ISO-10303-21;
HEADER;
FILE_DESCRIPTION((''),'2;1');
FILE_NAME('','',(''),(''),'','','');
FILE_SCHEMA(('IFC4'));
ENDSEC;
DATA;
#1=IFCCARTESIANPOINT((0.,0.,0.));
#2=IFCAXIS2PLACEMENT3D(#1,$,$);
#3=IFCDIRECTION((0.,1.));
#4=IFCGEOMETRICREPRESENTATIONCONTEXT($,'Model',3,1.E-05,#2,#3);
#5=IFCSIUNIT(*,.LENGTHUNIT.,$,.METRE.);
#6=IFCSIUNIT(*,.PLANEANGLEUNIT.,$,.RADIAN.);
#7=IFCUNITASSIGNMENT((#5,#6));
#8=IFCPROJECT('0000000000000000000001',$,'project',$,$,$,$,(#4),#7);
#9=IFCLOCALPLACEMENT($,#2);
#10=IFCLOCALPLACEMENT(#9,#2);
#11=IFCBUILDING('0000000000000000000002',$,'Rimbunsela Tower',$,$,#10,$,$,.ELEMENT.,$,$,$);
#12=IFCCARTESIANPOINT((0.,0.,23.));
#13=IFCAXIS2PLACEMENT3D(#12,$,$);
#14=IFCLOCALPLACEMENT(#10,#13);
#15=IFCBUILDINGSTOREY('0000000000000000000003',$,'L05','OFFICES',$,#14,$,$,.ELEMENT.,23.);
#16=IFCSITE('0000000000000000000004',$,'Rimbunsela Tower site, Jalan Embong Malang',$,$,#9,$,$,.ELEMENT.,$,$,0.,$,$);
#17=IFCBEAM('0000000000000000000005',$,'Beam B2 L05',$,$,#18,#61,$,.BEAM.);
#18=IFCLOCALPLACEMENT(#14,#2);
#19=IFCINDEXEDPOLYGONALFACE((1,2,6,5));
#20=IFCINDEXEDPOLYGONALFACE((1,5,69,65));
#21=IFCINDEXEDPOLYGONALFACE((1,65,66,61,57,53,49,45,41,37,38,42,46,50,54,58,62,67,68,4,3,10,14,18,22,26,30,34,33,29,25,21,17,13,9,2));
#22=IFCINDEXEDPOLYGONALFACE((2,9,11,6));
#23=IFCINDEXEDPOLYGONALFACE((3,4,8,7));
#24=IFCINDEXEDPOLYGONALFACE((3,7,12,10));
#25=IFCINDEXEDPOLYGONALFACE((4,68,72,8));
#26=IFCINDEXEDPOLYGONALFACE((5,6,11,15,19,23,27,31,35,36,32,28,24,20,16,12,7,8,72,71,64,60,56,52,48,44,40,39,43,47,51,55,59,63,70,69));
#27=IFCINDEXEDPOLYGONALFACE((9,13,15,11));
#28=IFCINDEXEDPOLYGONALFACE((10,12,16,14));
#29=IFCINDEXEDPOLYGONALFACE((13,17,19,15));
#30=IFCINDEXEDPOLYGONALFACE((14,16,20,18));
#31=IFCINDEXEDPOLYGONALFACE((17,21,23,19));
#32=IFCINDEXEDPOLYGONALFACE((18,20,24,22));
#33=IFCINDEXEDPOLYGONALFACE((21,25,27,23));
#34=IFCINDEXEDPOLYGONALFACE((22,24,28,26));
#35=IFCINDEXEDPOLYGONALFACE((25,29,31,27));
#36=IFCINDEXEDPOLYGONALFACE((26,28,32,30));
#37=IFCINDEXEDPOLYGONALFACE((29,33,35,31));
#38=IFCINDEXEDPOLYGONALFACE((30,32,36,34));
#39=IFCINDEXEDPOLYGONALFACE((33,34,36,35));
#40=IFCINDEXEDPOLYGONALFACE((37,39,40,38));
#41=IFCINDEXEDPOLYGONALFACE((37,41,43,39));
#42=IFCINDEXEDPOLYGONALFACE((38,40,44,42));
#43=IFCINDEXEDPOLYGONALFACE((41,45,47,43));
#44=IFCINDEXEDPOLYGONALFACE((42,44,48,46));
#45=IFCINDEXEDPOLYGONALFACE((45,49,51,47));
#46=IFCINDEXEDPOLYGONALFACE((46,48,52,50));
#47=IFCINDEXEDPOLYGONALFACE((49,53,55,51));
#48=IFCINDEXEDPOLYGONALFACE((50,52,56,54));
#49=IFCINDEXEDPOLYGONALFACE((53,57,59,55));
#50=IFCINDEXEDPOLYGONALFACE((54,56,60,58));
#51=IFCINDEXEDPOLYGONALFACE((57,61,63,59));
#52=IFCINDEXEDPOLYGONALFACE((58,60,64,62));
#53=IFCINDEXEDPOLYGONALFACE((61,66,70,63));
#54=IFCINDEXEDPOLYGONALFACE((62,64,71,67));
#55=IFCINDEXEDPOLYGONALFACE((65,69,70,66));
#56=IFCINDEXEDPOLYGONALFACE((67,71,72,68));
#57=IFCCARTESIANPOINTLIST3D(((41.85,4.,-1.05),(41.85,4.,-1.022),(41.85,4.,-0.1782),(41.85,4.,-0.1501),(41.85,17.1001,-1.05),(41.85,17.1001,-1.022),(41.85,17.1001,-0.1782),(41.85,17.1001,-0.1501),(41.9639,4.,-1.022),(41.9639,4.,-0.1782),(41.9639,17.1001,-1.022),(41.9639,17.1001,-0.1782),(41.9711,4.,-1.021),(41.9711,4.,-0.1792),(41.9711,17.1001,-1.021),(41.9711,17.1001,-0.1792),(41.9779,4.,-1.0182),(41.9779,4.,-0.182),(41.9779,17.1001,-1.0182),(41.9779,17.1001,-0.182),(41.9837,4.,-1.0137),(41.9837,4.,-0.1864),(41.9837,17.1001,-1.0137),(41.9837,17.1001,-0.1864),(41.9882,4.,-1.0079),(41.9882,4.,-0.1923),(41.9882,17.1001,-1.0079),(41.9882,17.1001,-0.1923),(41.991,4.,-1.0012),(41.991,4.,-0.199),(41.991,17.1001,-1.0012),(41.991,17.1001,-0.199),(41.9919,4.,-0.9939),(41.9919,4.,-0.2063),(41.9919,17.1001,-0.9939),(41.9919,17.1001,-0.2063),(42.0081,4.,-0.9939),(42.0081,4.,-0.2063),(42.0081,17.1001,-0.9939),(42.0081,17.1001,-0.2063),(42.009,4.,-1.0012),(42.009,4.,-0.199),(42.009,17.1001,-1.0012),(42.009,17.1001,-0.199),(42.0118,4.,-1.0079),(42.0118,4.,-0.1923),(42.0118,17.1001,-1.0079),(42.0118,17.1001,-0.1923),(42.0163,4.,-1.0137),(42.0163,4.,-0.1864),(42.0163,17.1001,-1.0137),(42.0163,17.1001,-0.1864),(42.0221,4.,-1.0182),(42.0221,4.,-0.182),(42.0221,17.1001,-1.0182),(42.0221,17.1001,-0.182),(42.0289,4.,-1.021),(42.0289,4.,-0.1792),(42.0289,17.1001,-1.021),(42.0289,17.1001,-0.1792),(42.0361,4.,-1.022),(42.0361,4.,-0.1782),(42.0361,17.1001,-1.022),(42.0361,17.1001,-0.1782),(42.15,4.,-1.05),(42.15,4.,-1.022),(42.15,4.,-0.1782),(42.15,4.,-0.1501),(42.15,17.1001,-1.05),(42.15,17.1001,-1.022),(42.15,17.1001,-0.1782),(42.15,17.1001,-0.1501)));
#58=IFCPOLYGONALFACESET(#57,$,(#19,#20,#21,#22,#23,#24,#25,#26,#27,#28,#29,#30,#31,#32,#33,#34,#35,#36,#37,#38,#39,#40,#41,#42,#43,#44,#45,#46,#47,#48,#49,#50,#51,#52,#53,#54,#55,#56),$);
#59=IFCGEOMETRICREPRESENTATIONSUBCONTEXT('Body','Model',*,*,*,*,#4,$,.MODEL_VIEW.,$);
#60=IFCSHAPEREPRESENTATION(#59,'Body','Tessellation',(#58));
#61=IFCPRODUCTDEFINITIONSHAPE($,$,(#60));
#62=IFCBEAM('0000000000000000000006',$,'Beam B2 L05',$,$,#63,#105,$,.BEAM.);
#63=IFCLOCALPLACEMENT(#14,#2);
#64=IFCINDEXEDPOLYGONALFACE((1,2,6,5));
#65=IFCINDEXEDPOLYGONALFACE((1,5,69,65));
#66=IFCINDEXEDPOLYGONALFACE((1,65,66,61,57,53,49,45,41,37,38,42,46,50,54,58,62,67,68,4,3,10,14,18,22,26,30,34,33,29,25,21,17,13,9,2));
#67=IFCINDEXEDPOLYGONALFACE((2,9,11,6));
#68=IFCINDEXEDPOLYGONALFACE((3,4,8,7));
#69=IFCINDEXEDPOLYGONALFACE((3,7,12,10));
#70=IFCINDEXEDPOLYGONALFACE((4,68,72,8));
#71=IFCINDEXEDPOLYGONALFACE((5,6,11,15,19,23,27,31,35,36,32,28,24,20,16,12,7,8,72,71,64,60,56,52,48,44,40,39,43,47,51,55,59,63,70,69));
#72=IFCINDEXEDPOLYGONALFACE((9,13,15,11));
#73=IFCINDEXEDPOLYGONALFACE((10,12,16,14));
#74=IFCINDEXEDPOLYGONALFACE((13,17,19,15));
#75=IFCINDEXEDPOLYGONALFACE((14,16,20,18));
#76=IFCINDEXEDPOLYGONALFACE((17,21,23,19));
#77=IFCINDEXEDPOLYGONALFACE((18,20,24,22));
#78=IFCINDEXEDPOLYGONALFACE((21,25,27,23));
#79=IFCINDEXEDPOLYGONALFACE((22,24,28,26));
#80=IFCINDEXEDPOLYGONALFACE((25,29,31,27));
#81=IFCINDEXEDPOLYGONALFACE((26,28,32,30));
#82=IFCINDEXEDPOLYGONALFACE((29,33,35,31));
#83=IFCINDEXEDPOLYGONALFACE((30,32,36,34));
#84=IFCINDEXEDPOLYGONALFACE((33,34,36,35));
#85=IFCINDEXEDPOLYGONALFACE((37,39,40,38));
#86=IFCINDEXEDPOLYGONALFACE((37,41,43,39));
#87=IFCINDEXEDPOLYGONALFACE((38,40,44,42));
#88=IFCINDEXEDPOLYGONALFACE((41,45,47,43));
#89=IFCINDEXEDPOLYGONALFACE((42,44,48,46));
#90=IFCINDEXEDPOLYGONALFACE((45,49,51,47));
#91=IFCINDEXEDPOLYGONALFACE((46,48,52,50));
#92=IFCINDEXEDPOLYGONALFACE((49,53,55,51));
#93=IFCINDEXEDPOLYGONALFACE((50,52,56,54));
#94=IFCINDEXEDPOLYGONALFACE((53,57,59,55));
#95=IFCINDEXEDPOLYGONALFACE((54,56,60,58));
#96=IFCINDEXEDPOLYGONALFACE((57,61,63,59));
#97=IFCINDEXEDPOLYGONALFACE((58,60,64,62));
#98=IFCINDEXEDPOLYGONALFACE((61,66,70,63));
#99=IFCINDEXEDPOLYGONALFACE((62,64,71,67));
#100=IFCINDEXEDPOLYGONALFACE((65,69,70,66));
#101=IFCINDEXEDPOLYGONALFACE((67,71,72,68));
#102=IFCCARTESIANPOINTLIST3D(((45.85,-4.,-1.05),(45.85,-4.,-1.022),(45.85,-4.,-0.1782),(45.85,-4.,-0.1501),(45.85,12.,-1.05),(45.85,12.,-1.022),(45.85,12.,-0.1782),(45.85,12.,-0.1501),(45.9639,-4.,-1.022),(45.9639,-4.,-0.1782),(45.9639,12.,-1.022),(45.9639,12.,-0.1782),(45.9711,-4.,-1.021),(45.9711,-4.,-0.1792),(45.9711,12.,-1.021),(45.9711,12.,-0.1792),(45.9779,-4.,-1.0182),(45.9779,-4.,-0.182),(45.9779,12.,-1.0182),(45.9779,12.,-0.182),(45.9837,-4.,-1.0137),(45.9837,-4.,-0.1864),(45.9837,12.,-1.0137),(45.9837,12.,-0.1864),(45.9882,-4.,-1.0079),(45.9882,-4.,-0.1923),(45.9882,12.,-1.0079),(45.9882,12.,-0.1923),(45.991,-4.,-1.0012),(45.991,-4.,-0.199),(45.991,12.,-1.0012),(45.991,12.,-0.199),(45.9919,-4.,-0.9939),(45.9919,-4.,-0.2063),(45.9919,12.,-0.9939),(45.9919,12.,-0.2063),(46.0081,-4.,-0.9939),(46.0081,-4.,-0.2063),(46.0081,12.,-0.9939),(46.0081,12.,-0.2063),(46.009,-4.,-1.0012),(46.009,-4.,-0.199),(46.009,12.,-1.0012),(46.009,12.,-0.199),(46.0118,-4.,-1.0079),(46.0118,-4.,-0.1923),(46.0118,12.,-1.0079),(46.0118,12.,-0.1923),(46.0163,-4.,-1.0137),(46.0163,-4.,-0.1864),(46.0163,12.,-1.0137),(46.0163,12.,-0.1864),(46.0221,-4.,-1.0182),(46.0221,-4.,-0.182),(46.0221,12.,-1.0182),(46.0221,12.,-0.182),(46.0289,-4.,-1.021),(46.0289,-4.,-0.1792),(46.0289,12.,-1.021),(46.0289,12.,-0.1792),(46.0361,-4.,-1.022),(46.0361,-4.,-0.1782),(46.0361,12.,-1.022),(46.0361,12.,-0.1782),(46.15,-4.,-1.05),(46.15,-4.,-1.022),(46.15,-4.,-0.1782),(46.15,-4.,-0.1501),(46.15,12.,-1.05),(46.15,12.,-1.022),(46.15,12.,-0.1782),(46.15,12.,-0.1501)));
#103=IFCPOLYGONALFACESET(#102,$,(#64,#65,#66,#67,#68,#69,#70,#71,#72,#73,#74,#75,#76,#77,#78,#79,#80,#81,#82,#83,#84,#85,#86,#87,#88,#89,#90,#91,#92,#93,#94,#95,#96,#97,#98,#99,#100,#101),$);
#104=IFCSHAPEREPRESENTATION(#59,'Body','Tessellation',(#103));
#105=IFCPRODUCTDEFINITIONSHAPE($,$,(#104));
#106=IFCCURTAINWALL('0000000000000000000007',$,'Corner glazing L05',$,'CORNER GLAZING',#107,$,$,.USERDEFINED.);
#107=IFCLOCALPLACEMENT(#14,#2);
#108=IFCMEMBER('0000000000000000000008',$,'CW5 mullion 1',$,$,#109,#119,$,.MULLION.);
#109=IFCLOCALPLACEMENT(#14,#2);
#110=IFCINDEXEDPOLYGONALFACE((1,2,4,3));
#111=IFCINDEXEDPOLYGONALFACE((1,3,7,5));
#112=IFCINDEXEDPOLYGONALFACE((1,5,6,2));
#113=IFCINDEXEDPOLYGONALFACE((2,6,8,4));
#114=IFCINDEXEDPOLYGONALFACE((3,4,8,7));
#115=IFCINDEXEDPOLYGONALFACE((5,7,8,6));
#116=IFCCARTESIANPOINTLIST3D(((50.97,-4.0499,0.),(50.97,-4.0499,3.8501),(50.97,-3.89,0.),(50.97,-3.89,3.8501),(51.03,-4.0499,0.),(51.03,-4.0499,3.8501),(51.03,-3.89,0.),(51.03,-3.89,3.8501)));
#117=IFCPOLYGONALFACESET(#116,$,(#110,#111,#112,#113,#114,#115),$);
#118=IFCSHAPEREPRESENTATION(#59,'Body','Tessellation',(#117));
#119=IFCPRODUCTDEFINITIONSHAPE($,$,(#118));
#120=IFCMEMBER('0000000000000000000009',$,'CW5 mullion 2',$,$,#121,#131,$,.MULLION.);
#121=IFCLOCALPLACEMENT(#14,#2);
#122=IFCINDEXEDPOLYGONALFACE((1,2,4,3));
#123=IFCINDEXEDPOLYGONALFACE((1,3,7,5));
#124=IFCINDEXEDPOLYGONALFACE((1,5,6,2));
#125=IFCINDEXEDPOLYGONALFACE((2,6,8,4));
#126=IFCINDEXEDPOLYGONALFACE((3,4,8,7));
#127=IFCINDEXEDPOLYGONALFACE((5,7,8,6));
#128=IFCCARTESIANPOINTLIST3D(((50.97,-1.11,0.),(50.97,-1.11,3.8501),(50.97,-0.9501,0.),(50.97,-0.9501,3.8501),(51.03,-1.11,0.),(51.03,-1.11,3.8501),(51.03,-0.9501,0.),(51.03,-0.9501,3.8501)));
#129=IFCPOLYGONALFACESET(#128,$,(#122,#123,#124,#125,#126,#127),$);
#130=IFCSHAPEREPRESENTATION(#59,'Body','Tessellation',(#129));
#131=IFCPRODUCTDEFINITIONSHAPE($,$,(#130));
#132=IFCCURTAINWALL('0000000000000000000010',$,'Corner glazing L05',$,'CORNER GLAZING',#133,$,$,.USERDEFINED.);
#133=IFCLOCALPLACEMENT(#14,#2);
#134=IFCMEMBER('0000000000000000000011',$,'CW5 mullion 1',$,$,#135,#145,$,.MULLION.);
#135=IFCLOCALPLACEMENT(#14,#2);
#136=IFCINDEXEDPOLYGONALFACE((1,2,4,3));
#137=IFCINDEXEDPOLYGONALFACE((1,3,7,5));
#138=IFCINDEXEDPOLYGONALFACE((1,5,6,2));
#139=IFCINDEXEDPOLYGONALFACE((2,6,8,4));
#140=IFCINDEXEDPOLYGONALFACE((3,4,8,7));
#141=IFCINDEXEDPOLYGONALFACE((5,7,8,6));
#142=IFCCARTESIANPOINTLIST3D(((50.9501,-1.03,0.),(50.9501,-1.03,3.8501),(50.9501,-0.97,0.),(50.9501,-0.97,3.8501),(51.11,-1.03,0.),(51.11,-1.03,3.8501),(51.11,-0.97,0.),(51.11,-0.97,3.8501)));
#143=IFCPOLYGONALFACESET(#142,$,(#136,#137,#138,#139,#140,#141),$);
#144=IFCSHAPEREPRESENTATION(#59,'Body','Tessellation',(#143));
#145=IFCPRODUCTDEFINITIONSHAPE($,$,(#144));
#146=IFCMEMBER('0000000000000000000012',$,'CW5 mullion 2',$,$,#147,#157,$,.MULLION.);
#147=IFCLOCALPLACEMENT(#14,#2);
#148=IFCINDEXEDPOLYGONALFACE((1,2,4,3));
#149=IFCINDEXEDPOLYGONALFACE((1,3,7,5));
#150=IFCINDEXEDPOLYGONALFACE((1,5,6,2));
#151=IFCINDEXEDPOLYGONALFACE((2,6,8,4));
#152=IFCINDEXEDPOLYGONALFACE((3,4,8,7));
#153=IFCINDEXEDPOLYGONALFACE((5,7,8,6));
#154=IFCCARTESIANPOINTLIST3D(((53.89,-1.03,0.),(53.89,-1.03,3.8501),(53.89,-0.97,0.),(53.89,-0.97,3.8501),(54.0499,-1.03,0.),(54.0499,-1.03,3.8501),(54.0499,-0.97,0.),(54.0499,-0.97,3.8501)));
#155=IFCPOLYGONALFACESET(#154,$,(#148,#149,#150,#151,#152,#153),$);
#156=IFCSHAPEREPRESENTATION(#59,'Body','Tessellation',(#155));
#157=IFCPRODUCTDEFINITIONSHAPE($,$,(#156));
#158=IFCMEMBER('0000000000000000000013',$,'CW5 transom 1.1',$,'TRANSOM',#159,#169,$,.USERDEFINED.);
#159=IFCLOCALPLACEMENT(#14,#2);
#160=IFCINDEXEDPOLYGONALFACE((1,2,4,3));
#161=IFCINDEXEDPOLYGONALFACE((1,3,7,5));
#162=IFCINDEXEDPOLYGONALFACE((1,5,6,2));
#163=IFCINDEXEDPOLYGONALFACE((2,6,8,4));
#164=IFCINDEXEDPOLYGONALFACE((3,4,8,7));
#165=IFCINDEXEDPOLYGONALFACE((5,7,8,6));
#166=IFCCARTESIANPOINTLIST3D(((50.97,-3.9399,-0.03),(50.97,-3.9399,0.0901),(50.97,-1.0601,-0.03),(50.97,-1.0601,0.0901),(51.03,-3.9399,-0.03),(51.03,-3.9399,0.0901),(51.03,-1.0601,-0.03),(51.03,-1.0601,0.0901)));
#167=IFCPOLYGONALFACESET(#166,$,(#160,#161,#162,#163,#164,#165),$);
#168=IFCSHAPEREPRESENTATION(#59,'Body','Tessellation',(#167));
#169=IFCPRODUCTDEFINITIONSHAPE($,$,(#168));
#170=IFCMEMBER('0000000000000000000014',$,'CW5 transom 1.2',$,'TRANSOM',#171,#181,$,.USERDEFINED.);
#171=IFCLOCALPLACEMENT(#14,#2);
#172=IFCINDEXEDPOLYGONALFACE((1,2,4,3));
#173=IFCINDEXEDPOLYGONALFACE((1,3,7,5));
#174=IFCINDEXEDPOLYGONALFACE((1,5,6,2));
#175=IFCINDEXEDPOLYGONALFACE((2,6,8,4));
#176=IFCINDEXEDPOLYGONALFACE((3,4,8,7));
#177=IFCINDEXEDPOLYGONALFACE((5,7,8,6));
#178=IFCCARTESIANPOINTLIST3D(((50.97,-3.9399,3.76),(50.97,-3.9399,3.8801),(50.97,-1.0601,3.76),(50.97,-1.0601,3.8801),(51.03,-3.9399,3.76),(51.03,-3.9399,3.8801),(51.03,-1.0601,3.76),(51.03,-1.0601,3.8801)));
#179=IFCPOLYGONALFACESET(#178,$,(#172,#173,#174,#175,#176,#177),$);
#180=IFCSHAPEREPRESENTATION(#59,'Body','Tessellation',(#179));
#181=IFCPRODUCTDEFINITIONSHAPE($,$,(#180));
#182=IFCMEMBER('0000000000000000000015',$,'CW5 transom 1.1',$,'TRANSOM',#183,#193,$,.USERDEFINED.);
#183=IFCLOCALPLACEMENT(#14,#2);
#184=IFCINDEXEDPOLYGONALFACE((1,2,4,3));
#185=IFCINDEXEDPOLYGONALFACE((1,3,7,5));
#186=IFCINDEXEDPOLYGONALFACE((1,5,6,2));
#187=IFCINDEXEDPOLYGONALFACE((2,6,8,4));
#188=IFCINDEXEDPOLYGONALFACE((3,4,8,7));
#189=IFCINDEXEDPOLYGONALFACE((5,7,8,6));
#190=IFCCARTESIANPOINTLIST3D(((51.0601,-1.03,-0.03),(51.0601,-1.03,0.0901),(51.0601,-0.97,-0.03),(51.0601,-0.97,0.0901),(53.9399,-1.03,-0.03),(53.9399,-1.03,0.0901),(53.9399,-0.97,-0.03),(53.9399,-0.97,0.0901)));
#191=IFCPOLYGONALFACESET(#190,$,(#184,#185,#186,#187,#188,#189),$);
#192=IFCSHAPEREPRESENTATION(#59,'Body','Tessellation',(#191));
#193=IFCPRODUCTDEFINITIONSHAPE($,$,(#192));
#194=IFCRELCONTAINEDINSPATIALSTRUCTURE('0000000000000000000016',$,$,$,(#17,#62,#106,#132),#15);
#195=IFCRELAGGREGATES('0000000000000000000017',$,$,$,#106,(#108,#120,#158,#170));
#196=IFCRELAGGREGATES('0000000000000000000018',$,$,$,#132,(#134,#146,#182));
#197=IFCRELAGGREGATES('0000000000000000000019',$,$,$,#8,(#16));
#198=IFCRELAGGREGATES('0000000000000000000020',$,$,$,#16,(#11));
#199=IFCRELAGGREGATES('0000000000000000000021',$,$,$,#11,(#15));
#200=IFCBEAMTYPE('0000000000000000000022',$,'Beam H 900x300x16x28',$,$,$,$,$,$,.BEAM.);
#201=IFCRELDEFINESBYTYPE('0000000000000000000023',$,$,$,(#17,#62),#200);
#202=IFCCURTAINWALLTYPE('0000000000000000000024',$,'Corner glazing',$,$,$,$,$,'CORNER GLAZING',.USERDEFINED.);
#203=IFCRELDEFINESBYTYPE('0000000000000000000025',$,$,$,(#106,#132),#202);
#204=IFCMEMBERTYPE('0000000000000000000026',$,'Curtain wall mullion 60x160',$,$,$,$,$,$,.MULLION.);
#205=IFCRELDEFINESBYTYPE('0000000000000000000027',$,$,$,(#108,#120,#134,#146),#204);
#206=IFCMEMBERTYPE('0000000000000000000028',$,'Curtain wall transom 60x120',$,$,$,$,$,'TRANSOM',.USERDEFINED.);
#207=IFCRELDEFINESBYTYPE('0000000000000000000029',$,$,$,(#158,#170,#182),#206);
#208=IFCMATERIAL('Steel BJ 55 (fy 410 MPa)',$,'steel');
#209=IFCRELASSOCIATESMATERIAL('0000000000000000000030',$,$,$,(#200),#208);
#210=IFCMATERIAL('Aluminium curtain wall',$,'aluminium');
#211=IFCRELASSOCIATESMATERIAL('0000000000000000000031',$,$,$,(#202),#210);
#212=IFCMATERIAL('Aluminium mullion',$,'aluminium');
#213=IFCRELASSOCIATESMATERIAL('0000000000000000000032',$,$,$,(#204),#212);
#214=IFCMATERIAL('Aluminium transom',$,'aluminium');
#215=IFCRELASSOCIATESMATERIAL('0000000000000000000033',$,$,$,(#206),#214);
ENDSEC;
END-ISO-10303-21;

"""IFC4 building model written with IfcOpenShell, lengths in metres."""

from ifc_helpers import new_model, si_unit, direction, frame, origin, origin_2d, place, context, subcontext, project, spatial, rectangle, i_section, extrude, material, material_profile, profile_set, type_object, element, aggregate, save


model = new_model("IFC4")

# Units and contexts
model_context = context("Model", 3, precision=1e-05, world=origin(), true_north=direction((0.0, 1.0)))
body_context = subcontext(model_context, "Body", "Model", "MODEL_VIEW")
ifc_project = project(units=[si_unit("LENGTHUNIT", "METRE"), si_unit("PLANEANGLEUNIT", "RADIAN")], contexts=[model_context])

# Site, building, storey
site_placement = place(None, origin())
site = spatial("IfcSite", under=ifc_project, at=site_placement, Name="Rimbunsela Tower site, Jalan Embong Malang", CompositionType="ELEMENT", RefElevation=0.0)
building_placement = place(site_placement, origin())
building = spatial("IfcBuilding", under=site, at=building_placement, Name="Rimbunsela Tower", CompositionType="ELEMENT")
storey_placement = place(building_placement, frame((0.0, 0.0, 23.0)))
storey = spatial("IfcBuildingStorey", under=building, at=storey_placement, Name="L05", Description="OFFICES", CompositionType="ELEMENT", Elevation=23.0)

# Beams
ifc_material_1 = material(Name="Steel BJ 55 (fy 410 MPa)", Category="steel")
ifc_material_profile_1 = material_profile(ifc_material_1, i_section(OverallWidth=0.3, OverallDepth=0.8999, WebThickness=0.0161, FlangeThickness=0.0281, FilletRadius=0.0281, at=origin_2d()), Name="H 900x300x16x28")
ifc_profile_set_1 = profile_set([ifc_material_profile_1], Name="Steel BJ 55 (fy 410 MPa)")
beam_type_1 = type_object("IfcBeamType", Name="Beam H 900x300x16x28", PredefinedType="BEAM", material=ifc_profile_set_1)
beam_1_placement = place(storey_placement, frame((42.0, 4.0, -0.6001), z_axis=(0.0, 1.0, 0.0), x_axis=(-1.0, 0.0, 0.0)))
element("IfcBeam", 1, at=beam_1_placement, inside=storey, type_object=beam_type_1, Name="Beam B2 L05", PredefinedType="BEAM", context=body_context, shape_type="SweptSolid", body=[
    extrude(i_section(OverallWidth=0.3, OverallDepth=0.8999, WebThickness=0.0161, FlangeThickness=0.0281, FilletRadius=0.0281, at=origin_2d()), origin(), (0.0, 0.0, 1.0), 13.1001),
])
beam_2_placement = place(storey_placement, frame((46.0, -4.0, -0.6001), z_axis=(0.0, 1.0, 0.0), x_axis=(-1.0, 0.0, 0.0)))
element("IfcBeam", 2, at=beam_2_placement, inside=storey, type_object=beam_type_1, Name="Beam B2 L05", PredefinedType="BEAM", context=body_context, shape_type="SweptSolid", body=[
    extrude(i_section(OverallWidth=0.3, OverallDepth=0.8999, WebThickness=0.0161, FlangeThickness=0.0281, FilletRadius=0.0281, at=origin_2d()), origin(), (0.0, 0.0, 1.0), 16.0),
])

# Curtain walls, members
ifc_material_2 = material(Name="Aluminium curtain wall", Category="aluminium")
curtain_wall_type = type_object("IfcCurtainWallType", Name="Corner glazing", ElementType="CORNER GLAZING", PredefinedType="USERDEFINED", material=ifc_material_2)
curtain_wall_1_placement = place(storey_placement, origin())
curtain_wall_1 = element("IfcCurtainWall", 3, at=curtain_wall_1_placement, inside=storey, type_object=curtain_wall_type, Name="Corner glazing L05", ObjectType="CORNER GLAZING", PredefinedType="USERDEFINED")
ifc_material_3 = material(Name="Aluminium mullion", Category="aluminium")
ifc_material_profile_2 = material_profile(ifc_material_3, rectangle(XDim=0.0601, YDim=0.1599, at=origin_2d()), Name="Mullion 60x160")
ifc_profile_set_2 = profile_set([ifc_material_profile_2], Name="Aluminium mullion")
member_type_1 = type_object("IfcMemberType", Name="Curtain wall mullion 60x160", PredefinedType="MULLION", material=ifc_profile_set_2)
member_1_placement = place(storey_placement, frame((51.0, -3.97, 0.0), z_axis=(0.0, 0.0, 1.0), x_axis=(-1.0, 0.0, 0.0)))
member_1 = element("IfcMember", 4, at=member_1_placement, type_object=member_type_1, Name="CW5 mullion 1", PredefinedType="MULLION", context=body_context, shape_type="SweptSolid", body=[
    extrude(rectangle(XDim=0.0601, YDim=0.1599, at=origin_2d()), origin(), (0.0, 0.0, 1.0), 3.8501),
])
member_2_placement = place(storey_placement, frame((51.0, -1.03, 0.0), z_axis=(0.0, 0.0, 1.0), x_axis=(-1.0, 0.0, 0.0)))
member_2 = element("IfcMember", 5, at=member_2_placement, type_object=member_type_1, Name="CW5 mullion 2", PredefinedType="MULLION", context=body_context, shape_type="SweptSolid", body=[
    extrude(rectangle(XDim=0.0601, YDim=0.1599, at=origin_2d()), origin(), (0.0, 0.0, 1.0), 3.8501),
])
curtain_wall_2_placement = place(storey_placement, origin())
curtain_wall_2 = element("IfcCurtainWall", 6, at=curtain_wall_2_placement, inside=storey, type_object=curtain_wall_type, Name="Corner glazing L05", ObjectType="CORNER GLAZING", PredefinedType="USERDEFINED")
member_3_placement = place(storey_placement, frame((51.03, -1.0, 0.0), z_axis=(0.0, 0.0, 1.0), x_axis=(0.0, 1.0, 0.0)))
member_3 = element("IfcMember", 7, at=member_3_placement, type_object=member_type_1, Name="CW5 mullion 1", PredefinedType="MULLION", context=body_context, shape_type="SweptSolid", body=[
    extrude(rectangle(XDim=0.0601, YDim=0.1599, at=origin_2d()), origin(), (0.0, 0.0, 1.0), 3.8501),
])
member_4_placement = place(storey_placement, frame((53.97, -1.0, 0.0), z_axis=(0.0, 0.0, 1.0), x_axis=(0.0, 1.0, 0.0)))
member_4 = element("IfcMember", 8, at=member_4_placement, type_object=member_type_1, Name="CW5 mullion 2", PredefinedType="MULLION", context=body_context, shape_type="SweptSolid", body=[
    extrude(rectangle(XDim=0.0601, YDim=0.1599, at=origin_2d()), origin(), (0.0, 0.0, 1.0), 3.8501),
])

# Members
ifc_material_4 = material(Name="Aluminium transom", Category="aluminium")
ifc_material_profile_3 = material_profile(ifc_material_4, rectangle(XDim=0.0601, YDim=0.1201, at=origin_2d()), Name="Transom 60x120")
ifc_profile_set_3 = profile_set([ifc_material_profile_3], Name="Aluminium transom")
member_type_2 = type_object("IfcMemberType", Name="Curtain wall transom 60x120", ElementType="TRANSOM", PredefinedType="USERDEFINED", material=ifc_profile_set_3)
member_5_placement = place(storey_placement, frame((51.0, -3.9399, 0.03), z_axis=(0.0, 1.0, 0.0), x_axis=(-1.0, 0.0, 0.0)))
member_5 = element("IfcMember", 9, at=member_5_placement, type_object=member_type_2, Name="CW5 transom 1.1", ObjectType="TRANSOM", PredefinedType="USERDEFINED", context=body_context, shape_type="SweptSolid", body=[
    extrude(rectangle(XDim=0.0601, YDim=0.1201, at=origin_2d()), origin(), (0.0, 0.0, 1.0), 2.8799),
])
member_6_placement = place(storey_placement, frame((51.0, -3.9399, 3.8201), z_axis=(0.0, 1.0, 0.0), x_axis=(-1.0, 0.0, 0.0)))
member_6 = element("IfcMember", 10, at=member_6_placement, type_object=member_type_2, Name="CW5 transom 1.2", ObjectType="TRANSOM", PredefinedType="USERDEFINED", context=body_context, shape_type="SweptSolid", body=[
    extrude(rectangle(XDim=0.0601, YDim=0.1201, at=origin_2d()), origin(), (0.0, 0.0, 1.0), 2.8799),
])
member_7_placement = place(storey_placement, frame((51.0601, -1.0, 0.03), z_axis=(1.0, 0.0, 0.0), x_axis=(0.0, 1.0, 0.0)))
member_7 = element("IfcMember", 11, at=member_7_placement, type_object=member_type_2, Name="CW5 transom 1.1", ObjectType="TRANSOM", PredefinedType="USERDEFINED", context=body_context, shape_type="SweptSolid", body=[
    extrude(rectangle(XDim=0.0601, YDim=0.1201, at=origin_2d()), origin(), (0.0, 0.0, 1.0), 2.8799),
])

aggregate(curtain_wall_1, [member_1, member_2, member_5, member_6])
aggregate(curtain_wall_2, [member_3, member_4, member_7])

save(model, "model.ifc")
